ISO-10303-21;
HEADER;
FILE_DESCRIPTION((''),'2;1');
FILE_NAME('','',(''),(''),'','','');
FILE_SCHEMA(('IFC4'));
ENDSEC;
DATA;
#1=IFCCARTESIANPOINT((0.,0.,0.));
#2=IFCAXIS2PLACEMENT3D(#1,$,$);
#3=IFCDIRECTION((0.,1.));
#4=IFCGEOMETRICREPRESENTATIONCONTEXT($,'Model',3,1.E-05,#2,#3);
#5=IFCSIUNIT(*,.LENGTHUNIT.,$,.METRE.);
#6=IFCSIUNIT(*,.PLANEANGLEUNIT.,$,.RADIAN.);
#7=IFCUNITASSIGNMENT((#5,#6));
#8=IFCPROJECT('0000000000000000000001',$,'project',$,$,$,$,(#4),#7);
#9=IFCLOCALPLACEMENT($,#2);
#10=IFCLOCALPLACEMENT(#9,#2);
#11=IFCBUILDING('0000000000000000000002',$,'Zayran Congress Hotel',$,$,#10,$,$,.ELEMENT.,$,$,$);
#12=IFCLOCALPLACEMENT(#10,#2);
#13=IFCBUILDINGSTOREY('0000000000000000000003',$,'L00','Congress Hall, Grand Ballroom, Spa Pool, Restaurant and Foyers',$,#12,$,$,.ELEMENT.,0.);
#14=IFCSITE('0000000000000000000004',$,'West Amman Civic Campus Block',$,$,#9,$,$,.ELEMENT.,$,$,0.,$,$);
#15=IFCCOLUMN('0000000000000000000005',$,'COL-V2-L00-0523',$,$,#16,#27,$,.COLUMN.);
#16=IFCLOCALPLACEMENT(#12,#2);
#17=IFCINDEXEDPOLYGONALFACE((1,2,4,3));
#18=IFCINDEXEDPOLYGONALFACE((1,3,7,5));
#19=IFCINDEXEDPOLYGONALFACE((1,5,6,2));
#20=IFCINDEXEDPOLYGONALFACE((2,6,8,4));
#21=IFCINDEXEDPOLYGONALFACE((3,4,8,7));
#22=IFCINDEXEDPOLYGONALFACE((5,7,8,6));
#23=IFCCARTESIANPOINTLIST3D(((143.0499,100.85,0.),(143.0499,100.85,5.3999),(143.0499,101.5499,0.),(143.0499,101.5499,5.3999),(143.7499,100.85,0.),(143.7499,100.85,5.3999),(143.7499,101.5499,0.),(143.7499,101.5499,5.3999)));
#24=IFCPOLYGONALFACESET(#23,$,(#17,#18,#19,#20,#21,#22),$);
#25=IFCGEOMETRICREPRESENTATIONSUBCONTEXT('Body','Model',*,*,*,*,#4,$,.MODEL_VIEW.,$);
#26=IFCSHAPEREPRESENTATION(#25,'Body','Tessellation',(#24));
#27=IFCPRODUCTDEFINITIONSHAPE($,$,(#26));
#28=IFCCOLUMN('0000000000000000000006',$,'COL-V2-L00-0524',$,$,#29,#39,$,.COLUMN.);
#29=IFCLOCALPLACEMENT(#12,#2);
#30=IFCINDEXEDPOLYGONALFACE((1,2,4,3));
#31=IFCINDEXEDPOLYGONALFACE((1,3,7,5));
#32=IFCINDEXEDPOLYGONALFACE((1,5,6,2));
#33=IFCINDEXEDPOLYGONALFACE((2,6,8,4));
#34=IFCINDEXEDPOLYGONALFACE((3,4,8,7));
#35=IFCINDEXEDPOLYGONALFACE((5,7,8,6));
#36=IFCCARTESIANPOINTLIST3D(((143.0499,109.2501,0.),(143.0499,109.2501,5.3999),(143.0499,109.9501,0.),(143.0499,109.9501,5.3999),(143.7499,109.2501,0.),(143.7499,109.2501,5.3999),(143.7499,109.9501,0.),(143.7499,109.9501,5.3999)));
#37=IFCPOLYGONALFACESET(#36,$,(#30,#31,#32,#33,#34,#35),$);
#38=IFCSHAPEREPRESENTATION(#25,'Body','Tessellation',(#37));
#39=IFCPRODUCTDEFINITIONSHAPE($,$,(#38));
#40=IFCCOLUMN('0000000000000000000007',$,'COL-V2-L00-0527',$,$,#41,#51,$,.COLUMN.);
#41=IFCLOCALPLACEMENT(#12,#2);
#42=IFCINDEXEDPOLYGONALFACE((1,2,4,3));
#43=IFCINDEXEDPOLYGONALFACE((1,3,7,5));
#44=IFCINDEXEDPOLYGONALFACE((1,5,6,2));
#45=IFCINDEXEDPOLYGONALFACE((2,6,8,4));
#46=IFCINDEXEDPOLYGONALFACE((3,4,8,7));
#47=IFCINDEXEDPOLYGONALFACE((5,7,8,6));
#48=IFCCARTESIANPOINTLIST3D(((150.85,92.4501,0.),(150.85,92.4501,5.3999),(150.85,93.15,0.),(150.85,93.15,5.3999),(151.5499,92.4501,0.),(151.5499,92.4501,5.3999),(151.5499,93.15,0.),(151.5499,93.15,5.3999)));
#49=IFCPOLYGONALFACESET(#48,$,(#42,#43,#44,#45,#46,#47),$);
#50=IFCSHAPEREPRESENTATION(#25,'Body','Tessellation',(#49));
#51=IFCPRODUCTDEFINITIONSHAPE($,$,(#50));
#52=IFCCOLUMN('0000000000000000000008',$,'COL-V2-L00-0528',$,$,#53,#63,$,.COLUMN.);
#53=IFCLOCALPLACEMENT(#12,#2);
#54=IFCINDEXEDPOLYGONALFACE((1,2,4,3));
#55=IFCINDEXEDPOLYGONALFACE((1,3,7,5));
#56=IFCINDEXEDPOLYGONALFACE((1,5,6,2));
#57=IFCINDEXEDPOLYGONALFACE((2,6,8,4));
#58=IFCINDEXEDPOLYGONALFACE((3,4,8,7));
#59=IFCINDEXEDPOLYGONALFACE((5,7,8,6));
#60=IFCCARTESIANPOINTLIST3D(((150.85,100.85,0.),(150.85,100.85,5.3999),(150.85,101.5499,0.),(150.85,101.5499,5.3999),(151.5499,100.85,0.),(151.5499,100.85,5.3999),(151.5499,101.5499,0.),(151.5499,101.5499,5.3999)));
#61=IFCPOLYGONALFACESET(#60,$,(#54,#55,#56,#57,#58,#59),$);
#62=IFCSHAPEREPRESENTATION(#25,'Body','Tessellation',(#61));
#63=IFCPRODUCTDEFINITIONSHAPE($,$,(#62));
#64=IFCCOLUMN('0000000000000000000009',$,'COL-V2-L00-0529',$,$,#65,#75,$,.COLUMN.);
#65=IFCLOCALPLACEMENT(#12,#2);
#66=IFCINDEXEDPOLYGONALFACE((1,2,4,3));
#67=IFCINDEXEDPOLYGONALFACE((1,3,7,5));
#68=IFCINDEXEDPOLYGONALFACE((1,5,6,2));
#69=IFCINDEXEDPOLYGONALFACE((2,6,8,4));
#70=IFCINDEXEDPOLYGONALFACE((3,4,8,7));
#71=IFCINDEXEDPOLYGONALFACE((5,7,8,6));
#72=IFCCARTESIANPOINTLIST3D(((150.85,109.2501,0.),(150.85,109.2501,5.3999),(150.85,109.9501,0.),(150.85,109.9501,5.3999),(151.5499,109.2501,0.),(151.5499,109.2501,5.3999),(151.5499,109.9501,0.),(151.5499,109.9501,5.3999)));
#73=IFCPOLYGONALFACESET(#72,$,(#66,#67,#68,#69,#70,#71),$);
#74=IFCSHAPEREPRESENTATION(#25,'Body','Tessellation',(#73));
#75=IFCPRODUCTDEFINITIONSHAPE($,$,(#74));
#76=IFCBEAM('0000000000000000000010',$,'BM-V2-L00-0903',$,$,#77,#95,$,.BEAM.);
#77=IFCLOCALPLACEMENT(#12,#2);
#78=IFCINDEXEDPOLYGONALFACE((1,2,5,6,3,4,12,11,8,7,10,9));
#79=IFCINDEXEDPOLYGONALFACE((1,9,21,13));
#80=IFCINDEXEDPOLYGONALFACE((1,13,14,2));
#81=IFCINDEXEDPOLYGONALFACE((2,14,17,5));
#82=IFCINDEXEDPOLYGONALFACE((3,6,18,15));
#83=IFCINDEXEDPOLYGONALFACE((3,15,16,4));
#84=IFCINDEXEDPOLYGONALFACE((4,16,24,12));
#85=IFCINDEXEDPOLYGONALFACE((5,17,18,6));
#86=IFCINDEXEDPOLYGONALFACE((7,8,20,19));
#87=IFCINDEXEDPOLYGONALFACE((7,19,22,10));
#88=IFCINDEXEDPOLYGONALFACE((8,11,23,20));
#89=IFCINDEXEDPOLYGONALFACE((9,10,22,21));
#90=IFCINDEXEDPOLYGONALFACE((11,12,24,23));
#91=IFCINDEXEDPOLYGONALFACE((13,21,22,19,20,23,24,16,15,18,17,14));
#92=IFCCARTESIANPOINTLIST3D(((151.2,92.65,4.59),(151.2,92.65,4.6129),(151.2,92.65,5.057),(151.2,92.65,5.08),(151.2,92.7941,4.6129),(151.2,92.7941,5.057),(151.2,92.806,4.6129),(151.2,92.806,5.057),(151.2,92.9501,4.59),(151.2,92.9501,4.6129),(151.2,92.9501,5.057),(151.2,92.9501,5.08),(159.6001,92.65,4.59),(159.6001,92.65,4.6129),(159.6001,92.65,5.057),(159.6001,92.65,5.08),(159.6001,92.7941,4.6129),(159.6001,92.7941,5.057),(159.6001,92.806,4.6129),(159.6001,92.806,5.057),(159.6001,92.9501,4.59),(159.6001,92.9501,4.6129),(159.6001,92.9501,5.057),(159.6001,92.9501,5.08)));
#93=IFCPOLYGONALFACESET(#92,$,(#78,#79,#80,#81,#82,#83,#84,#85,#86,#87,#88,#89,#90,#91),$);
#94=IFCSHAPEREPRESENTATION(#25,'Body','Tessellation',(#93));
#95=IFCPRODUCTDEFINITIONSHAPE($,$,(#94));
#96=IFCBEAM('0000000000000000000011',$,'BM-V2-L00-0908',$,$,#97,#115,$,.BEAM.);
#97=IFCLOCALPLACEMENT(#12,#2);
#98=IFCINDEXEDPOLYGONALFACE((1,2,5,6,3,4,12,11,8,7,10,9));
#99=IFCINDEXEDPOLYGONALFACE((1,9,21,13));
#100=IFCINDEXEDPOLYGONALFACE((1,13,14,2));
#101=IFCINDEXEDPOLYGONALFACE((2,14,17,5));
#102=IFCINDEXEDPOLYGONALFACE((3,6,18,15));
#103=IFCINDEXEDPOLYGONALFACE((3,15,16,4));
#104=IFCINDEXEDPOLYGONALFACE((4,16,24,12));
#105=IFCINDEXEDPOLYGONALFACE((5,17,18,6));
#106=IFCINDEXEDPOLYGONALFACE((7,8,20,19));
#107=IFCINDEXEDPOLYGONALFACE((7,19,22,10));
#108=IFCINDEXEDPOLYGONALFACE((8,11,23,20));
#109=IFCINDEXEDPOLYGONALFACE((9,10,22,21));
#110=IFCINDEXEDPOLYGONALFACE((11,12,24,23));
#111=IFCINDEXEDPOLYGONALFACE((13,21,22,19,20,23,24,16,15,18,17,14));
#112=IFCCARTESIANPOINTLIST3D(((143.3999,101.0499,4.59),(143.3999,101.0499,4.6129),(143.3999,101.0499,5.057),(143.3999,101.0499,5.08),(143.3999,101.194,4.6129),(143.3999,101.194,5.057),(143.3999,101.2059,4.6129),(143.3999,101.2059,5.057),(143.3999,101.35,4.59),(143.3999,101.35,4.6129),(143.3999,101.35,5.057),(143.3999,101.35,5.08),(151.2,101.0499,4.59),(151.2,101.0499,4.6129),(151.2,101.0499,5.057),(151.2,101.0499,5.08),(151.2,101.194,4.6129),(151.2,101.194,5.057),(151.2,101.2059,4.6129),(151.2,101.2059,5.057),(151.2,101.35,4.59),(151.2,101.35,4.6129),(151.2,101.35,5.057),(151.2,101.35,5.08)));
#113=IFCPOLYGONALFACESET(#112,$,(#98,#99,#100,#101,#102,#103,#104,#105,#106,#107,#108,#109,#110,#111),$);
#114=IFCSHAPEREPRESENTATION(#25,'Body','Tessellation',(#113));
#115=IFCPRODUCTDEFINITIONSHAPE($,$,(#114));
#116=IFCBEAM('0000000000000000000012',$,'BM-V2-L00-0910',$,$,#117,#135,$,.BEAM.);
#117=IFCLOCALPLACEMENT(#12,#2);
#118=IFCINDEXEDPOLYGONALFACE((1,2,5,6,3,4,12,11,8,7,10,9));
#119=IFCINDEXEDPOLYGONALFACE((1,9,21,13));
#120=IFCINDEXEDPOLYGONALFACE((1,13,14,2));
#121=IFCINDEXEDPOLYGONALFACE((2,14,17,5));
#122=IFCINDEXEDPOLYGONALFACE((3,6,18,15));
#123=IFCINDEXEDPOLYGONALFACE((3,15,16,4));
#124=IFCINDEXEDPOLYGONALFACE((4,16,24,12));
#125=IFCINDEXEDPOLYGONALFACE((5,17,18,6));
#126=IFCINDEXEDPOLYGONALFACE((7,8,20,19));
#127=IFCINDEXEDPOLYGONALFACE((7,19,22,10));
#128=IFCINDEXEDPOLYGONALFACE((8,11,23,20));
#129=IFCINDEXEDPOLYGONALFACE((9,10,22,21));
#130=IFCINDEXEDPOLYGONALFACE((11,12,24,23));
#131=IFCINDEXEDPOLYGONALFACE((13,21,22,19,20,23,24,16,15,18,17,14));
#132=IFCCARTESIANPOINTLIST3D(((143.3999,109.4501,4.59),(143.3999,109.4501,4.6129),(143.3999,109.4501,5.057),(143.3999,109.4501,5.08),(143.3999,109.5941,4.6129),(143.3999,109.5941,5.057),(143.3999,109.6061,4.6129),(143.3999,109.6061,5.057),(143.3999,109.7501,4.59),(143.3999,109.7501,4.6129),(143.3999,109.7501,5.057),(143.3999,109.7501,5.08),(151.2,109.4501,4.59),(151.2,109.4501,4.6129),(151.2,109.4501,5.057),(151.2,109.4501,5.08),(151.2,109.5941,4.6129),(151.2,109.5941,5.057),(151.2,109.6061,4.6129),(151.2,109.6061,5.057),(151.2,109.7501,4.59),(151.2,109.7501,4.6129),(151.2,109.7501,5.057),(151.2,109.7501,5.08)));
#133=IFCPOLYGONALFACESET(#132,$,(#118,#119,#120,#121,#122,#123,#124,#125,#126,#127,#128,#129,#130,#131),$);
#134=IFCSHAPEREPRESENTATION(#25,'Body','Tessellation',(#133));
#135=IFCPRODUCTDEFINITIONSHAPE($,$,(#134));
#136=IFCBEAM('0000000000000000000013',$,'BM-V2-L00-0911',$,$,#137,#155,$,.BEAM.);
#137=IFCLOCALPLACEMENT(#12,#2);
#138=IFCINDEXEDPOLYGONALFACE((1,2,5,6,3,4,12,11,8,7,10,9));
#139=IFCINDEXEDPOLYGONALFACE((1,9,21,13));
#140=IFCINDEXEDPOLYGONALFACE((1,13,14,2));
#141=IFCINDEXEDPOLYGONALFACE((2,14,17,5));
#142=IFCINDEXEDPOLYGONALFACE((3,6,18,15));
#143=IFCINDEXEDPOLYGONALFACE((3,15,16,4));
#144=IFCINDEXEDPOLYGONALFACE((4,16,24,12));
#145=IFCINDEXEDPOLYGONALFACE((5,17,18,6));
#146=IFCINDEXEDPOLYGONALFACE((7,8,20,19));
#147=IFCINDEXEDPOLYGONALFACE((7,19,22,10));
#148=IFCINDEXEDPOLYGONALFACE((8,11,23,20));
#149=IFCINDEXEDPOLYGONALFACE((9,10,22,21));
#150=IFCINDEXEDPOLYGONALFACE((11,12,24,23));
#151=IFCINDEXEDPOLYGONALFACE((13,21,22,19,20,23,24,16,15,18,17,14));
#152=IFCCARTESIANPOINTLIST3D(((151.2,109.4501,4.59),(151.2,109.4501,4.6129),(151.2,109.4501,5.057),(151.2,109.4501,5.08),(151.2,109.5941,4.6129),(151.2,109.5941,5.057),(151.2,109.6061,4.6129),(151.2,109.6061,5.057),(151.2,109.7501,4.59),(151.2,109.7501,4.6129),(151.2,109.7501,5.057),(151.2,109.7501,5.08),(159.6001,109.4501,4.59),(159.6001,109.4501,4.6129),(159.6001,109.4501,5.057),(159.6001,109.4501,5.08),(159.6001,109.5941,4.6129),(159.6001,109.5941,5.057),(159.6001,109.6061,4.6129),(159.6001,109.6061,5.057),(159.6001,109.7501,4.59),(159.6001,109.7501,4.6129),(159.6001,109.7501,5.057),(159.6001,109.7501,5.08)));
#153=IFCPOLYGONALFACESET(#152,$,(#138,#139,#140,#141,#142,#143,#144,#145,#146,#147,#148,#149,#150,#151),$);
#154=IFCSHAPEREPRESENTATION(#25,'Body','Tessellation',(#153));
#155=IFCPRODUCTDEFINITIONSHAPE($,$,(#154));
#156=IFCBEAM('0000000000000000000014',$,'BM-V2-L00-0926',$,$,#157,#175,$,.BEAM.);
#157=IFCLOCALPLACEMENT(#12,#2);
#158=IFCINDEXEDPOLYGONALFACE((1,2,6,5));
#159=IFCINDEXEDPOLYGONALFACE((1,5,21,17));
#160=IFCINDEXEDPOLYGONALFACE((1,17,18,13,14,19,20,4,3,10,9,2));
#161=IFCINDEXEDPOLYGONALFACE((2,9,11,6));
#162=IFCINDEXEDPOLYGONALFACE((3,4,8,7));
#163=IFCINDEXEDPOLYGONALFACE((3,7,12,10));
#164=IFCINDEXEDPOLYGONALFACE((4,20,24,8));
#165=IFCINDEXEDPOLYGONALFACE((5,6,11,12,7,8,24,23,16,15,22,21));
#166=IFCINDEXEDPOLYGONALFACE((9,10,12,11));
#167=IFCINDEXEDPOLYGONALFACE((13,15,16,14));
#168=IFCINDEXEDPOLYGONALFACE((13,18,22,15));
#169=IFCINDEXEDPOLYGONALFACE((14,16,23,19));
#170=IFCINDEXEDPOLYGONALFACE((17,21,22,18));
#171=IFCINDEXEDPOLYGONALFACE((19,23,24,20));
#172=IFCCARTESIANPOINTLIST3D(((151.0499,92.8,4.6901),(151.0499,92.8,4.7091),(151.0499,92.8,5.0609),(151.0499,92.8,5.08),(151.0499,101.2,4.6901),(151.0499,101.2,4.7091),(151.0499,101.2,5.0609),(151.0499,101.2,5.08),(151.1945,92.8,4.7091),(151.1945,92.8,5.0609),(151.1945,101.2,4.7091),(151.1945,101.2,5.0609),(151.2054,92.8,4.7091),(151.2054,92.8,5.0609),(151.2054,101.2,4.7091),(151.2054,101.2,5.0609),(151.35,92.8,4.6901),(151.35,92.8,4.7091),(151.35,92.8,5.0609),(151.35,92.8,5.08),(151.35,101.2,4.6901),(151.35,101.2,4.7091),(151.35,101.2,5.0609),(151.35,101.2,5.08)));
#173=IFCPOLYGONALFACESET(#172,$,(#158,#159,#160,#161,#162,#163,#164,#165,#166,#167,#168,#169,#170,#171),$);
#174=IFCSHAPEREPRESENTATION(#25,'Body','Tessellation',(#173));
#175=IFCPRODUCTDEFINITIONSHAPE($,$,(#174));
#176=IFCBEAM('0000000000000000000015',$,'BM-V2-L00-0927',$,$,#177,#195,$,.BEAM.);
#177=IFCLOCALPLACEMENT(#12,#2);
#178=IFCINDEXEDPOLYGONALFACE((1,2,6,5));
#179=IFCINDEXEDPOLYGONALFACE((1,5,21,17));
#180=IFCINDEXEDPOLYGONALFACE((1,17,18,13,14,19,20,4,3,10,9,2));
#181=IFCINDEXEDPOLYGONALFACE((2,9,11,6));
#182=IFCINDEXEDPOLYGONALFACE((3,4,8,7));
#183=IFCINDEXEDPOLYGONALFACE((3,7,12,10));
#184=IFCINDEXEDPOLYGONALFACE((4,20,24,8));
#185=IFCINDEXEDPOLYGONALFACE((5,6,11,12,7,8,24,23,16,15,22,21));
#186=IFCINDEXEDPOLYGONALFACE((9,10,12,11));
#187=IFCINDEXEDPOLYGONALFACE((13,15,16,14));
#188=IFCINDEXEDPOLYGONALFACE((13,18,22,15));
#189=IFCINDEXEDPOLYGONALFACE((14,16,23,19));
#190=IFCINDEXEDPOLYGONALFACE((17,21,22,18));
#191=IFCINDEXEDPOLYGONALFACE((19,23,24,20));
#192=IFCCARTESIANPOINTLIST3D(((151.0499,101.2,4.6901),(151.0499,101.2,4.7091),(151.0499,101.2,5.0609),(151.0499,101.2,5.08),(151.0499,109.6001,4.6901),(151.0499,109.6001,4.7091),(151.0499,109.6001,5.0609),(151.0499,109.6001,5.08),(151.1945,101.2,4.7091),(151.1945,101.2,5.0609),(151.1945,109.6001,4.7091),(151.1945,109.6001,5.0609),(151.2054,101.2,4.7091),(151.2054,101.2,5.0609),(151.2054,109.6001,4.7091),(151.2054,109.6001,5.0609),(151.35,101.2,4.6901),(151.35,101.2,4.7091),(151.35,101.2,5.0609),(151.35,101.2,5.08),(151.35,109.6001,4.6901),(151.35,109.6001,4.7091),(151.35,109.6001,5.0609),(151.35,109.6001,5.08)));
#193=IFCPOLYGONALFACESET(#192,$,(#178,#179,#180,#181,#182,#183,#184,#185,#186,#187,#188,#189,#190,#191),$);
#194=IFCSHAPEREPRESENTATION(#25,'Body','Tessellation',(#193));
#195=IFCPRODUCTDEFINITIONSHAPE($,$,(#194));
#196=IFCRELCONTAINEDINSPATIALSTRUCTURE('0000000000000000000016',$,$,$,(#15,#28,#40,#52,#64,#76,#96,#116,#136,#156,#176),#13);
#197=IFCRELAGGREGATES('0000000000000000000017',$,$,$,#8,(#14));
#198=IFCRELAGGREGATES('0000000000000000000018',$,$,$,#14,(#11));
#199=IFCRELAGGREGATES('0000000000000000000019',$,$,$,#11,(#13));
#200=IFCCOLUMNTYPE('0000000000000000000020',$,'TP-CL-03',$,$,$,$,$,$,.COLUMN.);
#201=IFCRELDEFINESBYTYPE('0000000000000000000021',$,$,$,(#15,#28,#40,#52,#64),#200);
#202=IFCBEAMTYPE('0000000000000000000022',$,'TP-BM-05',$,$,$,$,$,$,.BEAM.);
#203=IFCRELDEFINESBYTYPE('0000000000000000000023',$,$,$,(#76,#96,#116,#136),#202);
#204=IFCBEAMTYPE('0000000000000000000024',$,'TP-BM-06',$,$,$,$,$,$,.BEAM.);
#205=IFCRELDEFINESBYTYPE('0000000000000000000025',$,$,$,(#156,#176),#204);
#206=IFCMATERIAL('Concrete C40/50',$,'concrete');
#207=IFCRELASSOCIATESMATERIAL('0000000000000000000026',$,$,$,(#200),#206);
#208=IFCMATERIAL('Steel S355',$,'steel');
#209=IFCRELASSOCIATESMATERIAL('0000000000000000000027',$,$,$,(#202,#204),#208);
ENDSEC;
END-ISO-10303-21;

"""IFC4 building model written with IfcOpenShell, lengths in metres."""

from ifc_helpers import new_model, si_unit, direction, frame, origin, origin_2d, place, context, subcontext, project, spatial, rectangle, i_section, extrude, material, material_profile, profile_set, type_object, element, save


model = new_model("IFC4")

# Units and contexts
model_context = context("Model", 3, precision=1e-05, world=origin(), true_north=direction((0.0, 1.0)))
body_context = subcontext(model_context, "Body", "Model", "MODEL_VIEW")
ifc_project = project(units=[si_unit("LENGTHUNIT", "METRE"), si_unit("PLANEANGLEUNIT", "RADIAN")], contexts=[model_context])

# Site, building, storey
site_placement = place(None, origin())
site = spatial("IfcSite", under=ifc_project, at=site_placement, Name="West Amman Civic Campus Block", CompositionType="ELEMENT", RefElevation=0.0)
building_placement = place(site_placement, origin())
building = spatial("IfcBuilding", under=site, at=building_placement, Name="Zayran Congress Hotel", CompositionType="ELEMENT")
storey_placement = place(building_placement, origin())
storey = spatial("IfcBuildingStorey", under=building, at=storey_placement, Name="L00", Description="Congress Hall, Grand Ballroom, Spa Pool, Restaurant and Foyers", CompositionType="ELEMENT", Elevation=0.0)

# Columns
ifc_material_1 = material(Name="Concrete C40/50", Category="concrete")
ifc_material_profile_1 = material_profile(ifc_material_1, rectangle(XDim=0.7, YDim=0.7, at=origin_2d()), Name="RC 700x700")
ifc_profile_set_1 = profile_set([ifc_material_profile_1], Name="Concrete C40/50")
column_type = type_object("IfcColumnType", Name="TP-CL-03", PredefinedType="COLUMN", material=ifc_profile_set_1)
for number, where, z_axis, x_axis, name in (
    (1, (143.3999, 101.2, 0.0), (0.0, 0.0, 1.0), (1.0, 0.0, 0.0), "COL-V2-L00-0523"),
    (2, (143.3999, 109.6001, 0.0), (0.0, 0.0, 1.0), (1.0, 0.0, 0.0), "COL-V2-L00-0524"),
    (3, (151.2, 92.8, 0.0), (0.0, 0.0, 1.0), (1.0, 0.0, 0.0), "COL-V2-L00-0527"),
    (4, (151.2, 101.2, 0.0), (0.0, 0.0, 1.0), (1.0, 0.0, 0.0), "COL-V2-L00-0528"),
    (5, (151.2, 109.6001, 0.0), (0.0, 0.0, 1.0), (1.0, 0.0, 0.0), "COL-V2-L00-0529"),
):
    element("IfcColumn", number, at=place(storey_placement, frame(where, z_axis=z_axis, x_axis=x_axis)), inside=storey, type_object=column_type, Name=name, PredefinedType="COLUMN", context=body_context, shape_type="SweptSolid", body=[
        extrude(rectangle(XDim=0.7, YDim=0.7, at=origin_2d()), origin(), (0.0, 0.0, 1.0), 5.3999),
    ])

# Beams
ifc_material_2 = material(Name="Steel S355", Category="steel")
ifc_material_profile_2 = material_profile(ifc_material_2, i_section(OverallWidth=0.3, OverallDepth=0.49, WebThickness=0.012, FlangeThickness=0.0229, at=origin_2d()), Name="HEA 500")
ifc_profile_set_2 = profile_set([ifc_material_profile_2], Name="Steel S355")
beam_type_1 = type_object("IfcBeamType", Name="TP-BM-05", PredefinedType="BEAM", material=ifc_profile_set_2)
beam_1_placement = place(storey_placement, frame((151.2, 92.8, 4.835), z_axis=(1.0, 0.0, 0.0), x_axis=(0.0, 1.0, 0.0)))
element("IfcBeam", 6, at=beam_1_placement, inside=storey, type_object=beam_type_1, Name="BM-V2-L00-0903", PredefinedType="BEAM", context=body_context, shape_type="SweptSolid", body=[
    extrude(i_section(OverallWidth=0.3, OverallDepth=0.49, WebThickness=0.012, FlangeThickness=0.0229, at=origin_2d()), origin(), (0.0, 0.0, 1.0), 8.4001),
])
for number, where, z_axis, x_axis, name in (
    (7, (143.3999, 101.2, 4.835), (1.0, 0.0, 0.0), (0.0, 1.0, 0.0), "BM-V2-L00-0908"),
    (8, (143.3999, 109.6001, 4.835), (1.0, 0.0, 0.0), (0.0, 1.0, 0.0), "BM-V2-L00-0910"),
):
    element("IfcBeam", number, at=place(storey_placement, frame(where, z_axis=z_axis, x_axis=x_axis)), inside=storey, type_object=beam_type_1, Name=name, PredefinedType="BEAM", context=body_context, shape_type="SweptSolid", body=[
        extrude(i_section(OverallWidth=0.3, OverallDepth=0.49, WebThickness=0.012, FlangeThickness=0.0229, at=origin_2d()), origin(), (0.0, 0.0, 1.0), 7.8),
    ])
beam_2_placement = place(storey_placement, frame((151.2, 109.6001, 4.835), z_axis=(1.0, 0.0, 0.0), x_axis=(0.0, 1.0, 0.0)))
element("IfcBeam", 9, at=beam_2_placement, inside=storey, type_object=beam_type_1, Name="BM-V2-L00-0911", PredefinedType="BEAM", context=body_context, shape_type="SweptSolid", body=[
    extrude(i_section(OverallWidth=0.3, OverallDepth=0.49, WebThickness=0.012, FlangeThickness=0.0229, at=origin_2d()), origin(), (0.0, 0.0, 1.0), 8.4001),
])
ifc_material_profile_3 = material_profile(ifc_material_2, i_section(OverallWidth=0.3, OverallDepth=0.3899, WebThickness=0.011, FlangeThickness=0.019, at=origin_2d()), Name="HEA 400")
ifc_profile_set_3 = profile_set([ifc_material_profile_3], Name="Steel S355")
beam_type_2 = type_object("IfcBeamType", Name="TP-BM-06", PredefinedType="BEAM", material=ifc_profile_set_3)
beam_3_placement = place(storey_placement, frame((151.2, 92.8, 4.885), z_axis=(0.0, 1.0, 0.0), x_axis=(-1.0, 0.0, 0.0)))
element("IfcBeam", 10, at=beam_3_placement, inside=storey, type_object=beam_type_2, Name="BM-V2-L00-0926", PredefinedType="BEAM", context=body_context, shape_type="SweptSolid", body=[
    extrude(i_section(OverallWidth=0.3, OverallDepth=0.3899, WebThickness=0.011, FlangeThickness=0.019, at=origin_2d()), origin(), (0.0, 0.0, 1.0), 8.3999),
])
beam_4_placement = place(storey_placement, frame((151.2, 101.2, 4.885), z_axis=(0.0, 1.0, 0.0), x_axis=(-1.0, 0.0, 0.0)))
element("IfcBeam", 11, at=beam_4_placement, inside=storey, type_object=beam_type_2, Name="BM-V2-L00-0927", PredefinedType="BEAM", context=body_context, shape_type="SweptSolid", body=[
    extrude(i_section(OverallWidth=0.3, OverallDepth=0.3899, WebThickness=0.011, FlangeThickness=0.019, at=origin_2d()), origin(), (0.0, 0.0, 1.0), 8.4001),
])

save(model, "model.ifc")
